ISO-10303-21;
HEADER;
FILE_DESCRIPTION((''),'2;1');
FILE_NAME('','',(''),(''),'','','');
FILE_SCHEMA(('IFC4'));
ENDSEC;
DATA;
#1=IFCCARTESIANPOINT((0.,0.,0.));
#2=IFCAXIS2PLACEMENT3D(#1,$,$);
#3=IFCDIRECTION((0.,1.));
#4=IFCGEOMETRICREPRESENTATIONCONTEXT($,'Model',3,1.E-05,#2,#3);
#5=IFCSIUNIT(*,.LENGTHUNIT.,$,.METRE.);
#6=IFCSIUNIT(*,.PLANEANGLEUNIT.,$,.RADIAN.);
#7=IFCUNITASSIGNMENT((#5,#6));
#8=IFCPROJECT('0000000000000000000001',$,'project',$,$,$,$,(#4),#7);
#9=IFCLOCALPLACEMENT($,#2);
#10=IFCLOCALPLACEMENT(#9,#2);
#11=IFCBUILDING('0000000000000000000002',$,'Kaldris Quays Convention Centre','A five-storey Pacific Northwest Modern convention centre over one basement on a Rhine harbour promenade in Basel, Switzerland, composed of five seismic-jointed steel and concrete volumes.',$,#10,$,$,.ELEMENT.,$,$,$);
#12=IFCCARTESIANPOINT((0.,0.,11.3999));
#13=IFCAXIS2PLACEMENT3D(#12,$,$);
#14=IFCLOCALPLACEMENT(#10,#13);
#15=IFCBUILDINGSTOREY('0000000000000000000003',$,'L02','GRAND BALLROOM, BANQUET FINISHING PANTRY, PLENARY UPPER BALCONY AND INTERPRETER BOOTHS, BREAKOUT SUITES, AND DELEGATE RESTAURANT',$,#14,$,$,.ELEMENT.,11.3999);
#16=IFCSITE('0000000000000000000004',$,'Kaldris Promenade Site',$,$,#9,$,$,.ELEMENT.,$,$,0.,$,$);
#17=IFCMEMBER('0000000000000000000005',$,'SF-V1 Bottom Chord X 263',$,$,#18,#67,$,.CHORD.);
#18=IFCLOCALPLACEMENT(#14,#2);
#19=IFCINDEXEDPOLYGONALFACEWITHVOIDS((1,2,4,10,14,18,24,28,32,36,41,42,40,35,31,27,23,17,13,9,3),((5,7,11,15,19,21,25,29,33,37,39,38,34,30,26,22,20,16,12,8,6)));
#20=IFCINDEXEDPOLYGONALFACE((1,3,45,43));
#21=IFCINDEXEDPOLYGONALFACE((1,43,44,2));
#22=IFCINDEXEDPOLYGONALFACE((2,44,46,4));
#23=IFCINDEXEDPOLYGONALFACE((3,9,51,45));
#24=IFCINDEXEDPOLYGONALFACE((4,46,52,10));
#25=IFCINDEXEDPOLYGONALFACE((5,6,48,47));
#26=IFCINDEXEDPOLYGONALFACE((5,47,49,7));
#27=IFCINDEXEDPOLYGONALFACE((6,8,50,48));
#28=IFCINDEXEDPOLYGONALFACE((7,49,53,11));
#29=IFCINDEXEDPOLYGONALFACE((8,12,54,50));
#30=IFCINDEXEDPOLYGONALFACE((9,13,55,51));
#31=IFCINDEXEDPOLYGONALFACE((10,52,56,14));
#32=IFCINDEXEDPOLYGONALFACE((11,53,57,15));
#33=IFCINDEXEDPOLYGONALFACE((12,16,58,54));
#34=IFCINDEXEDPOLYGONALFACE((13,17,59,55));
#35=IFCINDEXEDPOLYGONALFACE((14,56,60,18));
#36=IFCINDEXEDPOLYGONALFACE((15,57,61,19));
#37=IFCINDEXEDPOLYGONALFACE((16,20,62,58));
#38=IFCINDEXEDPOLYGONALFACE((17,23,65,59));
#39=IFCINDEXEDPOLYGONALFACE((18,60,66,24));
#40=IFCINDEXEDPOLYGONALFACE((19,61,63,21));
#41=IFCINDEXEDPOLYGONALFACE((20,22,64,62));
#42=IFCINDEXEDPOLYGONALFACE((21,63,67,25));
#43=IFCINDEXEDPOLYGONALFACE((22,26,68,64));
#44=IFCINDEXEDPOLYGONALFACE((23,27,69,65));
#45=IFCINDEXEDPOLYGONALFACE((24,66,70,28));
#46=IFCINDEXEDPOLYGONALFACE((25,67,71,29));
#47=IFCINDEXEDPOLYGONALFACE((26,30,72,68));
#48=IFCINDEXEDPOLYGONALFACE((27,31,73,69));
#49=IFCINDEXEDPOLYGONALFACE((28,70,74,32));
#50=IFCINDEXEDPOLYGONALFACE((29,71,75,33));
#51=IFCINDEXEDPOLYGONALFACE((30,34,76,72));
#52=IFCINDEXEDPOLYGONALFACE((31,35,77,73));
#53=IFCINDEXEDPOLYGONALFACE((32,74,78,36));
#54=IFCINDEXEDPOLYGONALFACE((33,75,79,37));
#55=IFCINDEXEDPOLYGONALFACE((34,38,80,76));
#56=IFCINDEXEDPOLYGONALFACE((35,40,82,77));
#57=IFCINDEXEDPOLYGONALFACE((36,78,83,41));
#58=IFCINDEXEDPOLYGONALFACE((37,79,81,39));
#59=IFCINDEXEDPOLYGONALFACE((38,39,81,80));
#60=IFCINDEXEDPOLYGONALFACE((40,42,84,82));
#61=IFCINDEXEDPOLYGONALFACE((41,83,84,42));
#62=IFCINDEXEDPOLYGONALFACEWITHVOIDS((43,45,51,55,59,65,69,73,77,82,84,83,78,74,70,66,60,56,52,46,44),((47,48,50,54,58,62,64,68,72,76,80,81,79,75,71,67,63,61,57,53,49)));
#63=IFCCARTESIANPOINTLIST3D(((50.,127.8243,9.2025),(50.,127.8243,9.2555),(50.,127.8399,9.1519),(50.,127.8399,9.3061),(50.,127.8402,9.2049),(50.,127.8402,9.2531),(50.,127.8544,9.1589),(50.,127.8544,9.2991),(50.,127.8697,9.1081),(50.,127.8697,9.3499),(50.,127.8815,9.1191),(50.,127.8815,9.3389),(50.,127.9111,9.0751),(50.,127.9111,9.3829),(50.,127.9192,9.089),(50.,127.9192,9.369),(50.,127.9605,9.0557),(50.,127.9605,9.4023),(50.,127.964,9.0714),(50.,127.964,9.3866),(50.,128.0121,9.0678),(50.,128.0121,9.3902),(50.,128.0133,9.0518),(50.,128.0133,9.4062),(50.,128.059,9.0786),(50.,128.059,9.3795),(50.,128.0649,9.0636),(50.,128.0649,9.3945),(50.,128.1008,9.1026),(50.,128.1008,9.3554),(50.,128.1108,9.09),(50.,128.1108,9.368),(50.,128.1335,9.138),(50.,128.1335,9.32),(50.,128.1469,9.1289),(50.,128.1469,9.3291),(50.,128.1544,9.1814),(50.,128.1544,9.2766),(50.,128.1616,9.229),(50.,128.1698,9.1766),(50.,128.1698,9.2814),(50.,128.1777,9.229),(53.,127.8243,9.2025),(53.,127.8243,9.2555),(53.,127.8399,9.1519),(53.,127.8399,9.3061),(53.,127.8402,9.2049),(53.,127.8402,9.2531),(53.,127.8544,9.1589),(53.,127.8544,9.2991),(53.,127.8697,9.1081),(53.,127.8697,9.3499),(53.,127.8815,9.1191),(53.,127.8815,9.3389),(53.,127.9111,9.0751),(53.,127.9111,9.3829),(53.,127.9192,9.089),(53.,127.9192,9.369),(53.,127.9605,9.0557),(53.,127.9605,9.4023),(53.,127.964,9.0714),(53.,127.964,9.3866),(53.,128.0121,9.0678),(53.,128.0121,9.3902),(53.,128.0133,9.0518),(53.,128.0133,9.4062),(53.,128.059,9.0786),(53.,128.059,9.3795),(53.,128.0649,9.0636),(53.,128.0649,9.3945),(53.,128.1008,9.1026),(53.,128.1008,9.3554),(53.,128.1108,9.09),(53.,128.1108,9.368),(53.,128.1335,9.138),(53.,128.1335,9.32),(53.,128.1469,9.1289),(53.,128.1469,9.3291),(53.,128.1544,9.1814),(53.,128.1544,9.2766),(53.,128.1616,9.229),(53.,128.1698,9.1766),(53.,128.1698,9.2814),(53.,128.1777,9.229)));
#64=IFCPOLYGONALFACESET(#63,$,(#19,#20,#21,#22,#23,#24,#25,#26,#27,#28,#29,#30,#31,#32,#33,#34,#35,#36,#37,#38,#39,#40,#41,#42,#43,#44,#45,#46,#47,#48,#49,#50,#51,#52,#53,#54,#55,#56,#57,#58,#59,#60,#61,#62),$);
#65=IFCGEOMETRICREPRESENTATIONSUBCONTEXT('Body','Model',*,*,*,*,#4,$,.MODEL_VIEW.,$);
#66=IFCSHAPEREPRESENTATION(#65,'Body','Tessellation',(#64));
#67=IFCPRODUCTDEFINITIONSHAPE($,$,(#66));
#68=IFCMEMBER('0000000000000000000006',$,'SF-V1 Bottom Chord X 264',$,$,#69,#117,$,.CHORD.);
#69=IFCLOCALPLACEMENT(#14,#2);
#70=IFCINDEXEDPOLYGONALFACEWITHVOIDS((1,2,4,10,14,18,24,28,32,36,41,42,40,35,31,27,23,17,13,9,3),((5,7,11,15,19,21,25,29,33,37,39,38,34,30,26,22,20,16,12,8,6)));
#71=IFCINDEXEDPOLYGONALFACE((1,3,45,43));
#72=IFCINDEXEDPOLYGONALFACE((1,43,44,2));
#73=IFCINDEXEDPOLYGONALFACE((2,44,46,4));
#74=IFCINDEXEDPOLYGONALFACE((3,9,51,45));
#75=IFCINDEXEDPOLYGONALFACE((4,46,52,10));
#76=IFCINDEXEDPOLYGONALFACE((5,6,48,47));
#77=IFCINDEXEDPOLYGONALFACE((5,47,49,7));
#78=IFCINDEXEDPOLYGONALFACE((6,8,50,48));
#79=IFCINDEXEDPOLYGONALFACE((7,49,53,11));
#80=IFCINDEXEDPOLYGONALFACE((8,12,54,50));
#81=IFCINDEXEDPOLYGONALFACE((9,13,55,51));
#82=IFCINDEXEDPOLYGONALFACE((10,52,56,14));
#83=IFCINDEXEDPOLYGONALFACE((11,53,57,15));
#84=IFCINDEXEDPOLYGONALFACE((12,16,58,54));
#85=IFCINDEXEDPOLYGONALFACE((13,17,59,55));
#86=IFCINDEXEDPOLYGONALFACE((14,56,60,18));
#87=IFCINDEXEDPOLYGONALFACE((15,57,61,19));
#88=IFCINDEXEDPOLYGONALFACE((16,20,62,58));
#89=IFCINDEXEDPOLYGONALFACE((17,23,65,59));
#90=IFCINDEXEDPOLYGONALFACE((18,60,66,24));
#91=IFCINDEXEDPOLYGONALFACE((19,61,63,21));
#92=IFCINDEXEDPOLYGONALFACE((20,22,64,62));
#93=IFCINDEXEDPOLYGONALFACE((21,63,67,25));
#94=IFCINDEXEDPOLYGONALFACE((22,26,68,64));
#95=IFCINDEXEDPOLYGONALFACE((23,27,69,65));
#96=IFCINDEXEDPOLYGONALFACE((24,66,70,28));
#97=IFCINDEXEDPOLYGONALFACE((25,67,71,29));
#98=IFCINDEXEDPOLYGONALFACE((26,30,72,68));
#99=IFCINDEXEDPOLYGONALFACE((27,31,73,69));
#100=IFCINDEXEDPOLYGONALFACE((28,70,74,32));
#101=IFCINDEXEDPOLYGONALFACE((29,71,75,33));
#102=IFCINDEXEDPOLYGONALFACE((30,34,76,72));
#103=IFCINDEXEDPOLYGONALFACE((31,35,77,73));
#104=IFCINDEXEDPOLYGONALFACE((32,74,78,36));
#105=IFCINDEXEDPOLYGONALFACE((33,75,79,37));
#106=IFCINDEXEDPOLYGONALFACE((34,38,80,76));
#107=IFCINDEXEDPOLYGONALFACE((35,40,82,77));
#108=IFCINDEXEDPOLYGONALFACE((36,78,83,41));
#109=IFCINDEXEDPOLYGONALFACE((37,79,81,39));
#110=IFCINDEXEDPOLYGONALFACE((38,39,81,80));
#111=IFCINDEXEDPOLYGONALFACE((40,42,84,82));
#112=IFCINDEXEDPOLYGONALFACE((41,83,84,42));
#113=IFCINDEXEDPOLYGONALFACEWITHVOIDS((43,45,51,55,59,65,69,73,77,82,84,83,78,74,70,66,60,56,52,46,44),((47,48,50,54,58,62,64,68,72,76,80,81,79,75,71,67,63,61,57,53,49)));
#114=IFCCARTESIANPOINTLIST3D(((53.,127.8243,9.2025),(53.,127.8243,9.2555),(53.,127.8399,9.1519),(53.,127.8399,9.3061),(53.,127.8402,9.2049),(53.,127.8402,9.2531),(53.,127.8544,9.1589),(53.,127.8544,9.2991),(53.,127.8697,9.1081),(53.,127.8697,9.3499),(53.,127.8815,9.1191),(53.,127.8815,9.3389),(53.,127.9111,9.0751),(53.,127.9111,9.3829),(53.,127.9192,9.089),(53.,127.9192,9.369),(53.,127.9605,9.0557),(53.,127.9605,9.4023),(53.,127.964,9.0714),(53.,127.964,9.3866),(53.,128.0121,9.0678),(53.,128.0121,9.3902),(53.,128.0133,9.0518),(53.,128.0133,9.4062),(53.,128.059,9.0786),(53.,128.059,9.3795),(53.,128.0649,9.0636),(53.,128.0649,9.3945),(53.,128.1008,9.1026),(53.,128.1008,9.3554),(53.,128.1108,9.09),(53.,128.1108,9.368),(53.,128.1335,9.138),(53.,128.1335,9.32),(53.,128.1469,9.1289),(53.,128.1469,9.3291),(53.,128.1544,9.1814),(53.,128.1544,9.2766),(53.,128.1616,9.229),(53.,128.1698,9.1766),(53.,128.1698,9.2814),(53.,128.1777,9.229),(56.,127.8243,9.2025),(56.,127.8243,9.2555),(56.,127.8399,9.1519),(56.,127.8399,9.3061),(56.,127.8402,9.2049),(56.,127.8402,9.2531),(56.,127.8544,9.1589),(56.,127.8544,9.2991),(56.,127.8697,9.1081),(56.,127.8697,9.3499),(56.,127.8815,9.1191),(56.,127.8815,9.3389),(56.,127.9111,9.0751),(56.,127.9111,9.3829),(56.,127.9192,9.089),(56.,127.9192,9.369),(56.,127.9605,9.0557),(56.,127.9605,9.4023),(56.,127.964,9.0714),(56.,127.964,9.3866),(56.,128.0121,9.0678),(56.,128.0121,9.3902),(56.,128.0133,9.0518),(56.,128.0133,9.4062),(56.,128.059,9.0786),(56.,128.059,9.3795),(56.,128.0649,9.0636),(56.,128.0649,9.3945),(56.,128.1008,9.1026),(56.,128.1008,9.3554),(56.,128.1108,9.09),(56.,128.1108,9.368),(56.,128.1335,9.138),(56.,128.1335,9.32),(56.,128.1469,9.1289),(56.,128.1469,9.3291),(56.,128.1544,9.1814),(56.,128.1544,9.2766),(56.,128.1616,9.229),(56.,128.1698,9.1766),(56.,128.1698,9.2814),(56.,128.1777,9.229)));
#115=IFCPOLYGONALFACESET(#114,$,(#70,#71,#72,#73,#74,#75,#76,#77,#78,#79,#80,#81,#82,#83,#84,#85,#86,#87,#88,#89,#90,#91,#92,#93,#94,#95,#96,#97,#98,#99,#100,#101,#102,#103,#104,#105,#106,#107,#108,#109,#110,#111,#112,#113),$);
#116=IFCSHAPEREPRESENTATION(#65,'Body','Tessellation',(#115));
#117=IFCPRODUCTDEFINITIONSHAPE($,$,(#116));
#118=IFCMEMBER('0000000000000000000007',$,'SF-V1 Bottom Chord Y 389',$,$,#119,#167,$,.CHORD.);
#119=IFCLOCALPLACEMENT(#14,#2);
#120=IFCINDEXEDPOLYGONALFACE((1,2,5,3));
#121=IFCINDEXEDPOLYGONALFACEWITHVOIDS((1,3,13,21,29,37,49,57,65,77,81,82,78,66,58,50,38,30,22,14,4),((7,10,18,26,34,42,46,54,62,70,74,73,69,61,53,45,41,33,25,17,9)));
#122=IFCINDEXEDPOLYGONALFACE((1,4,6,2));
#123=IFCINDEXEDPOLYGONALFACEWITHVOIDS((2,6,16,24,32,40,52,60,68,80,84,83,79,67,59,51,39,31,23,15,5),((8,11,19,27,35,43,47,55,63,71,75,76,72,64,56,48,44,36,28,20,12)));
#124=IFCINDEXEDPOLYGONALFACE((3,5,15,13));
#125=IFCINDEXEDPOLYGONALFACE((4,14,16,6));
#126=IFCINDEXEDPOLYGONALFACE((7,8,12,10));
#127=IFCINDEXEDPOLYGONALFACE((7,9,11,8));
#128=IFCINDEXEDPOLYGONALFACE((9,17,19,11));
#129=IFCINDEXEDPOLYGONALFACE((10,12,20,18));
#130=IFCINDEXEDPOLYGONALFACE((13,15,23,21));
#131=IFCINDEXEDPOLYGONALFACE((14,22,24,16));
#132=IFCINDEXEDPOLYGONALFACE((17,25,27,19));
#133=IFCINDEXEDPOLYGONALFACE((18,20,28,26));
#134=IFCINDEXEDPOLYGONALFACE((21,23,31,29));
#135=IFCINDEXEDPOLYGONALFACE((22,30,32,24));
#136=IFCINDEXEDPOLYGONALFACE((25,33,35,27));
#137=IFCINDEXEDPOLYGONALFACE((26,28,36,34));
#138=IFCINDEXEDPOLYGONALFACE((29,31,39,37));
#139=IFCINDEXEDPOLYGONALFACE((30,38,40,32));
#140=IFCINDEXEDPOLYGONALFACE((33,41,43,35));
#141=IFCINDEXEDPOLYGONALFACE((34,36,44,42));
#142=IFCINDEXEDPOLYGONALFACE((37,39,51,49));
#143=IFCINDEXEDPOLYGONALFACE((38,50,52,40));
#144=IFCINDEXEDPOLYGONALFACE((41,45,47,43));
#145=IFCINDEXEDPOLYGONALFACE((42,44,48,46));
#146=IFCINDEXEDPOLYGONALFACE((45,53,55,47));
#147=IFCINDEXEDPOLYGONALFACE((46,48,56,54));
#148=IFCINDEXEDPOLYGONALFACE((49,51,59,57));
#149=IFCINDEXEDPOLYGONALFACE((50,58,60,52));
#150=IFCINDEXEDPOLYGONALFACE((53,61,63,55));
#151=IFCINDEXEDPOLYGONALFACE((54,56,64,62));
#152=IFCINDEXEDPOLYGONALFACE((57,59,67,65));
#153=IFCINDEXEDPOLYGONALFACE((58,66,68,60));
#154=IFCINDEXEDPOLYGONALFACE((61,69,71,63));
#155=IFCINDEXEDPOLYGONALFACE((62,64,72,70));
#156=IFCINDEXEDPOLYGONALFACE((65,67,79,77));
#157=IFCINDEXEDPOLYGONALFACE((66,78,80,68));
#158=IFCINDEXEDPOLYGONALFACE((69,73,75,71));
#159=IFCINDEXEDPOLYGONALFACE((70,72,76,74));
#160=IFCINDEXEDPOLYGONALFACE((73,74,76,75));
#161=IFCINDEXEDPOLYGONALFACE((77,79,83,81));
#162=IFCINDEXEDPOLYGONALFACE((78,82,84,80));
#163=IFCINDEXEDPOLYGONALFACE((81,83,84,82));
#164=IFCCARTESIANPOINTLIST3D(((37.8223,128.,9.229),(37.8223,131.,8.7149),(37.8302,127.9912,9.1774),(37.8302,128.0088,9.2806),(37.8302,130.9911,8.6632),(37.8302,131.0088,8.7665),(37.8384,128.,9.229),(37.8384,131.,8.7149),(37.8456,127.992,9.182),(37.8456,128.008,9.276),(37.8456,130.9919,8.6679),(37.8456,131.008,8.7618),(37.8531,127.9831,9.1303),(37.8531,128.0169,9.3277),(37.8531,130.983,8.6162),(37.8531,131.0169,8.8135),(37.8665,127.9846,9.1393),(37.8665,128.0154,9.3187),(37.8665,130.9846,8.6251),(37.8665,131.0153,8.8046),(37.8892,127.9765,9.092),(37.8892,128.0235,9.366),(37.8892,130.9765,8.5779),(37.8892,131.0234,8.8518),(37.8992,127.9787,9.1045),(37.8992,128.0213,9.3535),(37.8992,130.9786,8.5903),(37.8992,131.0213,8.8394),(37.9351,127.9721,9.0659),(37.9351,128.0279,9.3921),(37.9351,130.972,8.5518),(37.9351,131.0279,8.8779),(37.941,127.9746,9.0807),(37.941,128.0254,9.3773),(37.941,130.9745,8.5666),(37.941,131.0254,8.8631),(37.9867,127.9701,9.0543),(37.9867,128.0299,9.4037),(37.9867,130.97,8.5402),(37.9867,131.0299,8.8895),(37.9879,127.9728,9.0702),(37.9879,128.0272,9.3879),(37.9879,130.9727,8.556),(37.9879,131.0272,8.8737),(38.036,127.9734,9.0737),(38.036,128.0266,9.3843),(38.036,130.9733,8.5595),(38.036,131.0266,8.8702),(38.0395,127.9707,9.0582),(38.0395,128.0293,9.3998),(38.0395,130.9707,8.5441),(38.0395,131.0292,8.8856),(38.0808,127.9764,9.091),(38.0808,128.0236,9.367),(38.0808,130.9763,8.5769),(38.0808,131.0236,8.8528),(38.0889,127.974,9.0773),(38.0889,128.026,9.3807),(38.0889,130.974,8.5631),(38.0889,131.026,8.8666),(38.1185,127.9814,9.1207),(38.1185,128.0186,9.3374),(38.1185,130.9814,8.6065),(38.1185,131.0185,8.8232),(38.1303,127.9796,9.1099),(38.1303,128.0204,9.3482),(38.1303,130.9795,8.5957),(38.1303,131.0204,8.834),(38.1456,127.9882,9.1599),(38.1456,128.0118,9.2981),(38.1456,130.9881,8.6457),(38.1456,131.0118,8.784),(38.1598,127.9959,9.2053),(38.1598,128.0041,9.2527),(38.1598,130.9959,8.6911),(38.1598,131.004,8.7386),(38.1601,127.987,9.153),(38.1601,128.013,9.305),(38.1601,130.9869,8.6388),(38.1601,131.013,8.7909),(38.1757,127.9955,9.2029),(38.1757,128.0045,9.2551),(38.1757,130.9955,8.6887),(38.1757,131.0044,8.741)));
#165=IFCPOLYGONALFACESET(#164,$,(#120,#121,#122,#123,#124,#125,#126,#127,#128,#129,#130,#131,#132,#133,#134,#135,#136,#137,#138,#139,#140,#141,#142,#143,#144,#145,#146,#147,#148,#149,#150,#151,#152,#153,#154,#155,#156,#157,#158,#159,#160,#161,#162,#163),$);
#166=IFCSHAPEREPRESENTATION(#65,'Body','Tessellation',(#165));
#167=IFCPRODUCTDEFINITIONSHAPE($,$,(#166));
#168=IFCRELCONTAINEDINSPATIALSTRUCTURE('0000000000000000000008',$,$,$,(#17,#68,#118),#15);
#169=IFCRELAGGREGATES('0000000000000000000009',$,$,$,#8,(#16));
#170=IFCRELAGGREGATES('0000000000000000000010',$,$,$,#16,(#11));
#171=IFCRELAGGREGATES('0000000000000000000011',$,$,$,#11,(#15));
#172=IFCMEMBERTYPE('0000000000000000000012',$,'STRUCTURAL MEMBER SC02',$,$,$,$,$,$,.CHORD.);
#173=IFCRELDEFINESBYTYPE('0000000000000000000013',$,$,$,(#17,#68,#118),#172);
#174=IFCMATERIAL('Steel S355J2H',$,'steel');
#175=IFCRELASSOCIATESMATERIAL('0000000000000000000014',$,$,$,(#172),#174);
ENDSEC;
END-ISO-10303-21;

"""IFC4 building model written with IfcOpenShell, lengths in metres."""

from ifc_helpers import new_model, si_unit, direction, frame, origin, origin_2d, place, context, subcontext, project, spatial, hollow_circle, extrude, material, material_profile, profile_set, type_object, element, save


model = new_model("IFC4")

# Units and contexts
model_context = context("Model", 3, precision=1e-05, world=origin(), true_north=direction((0.0, 1.0)))
body_context = subcontext(model_context, "Body", "Model", "MODEL_VIEW")
ifc_project = project(units=[si_unit("LENGTHUNIT", "METRE"), si_unit("PLANEANGLEUNIT", "RADIAN")], contexts=[model_context])

# Site, building, storey
site_placement = place(None, origin())
site = spatial("IfcSite", under=ifc_project, at=site_placement, Name="Kaldris Promenade Site", CompositionType="ELEMENT", RefElevation=0.0)
building_placement = place(site_placement, origin())
building = spatial("IfcBuilding", under=site, at=building_placement, Name="Kaldris Quays Convention Centre", Description="A five-storey Pacific Northwest Modern convention centre over one basement on a Rhine harbour promenade in Basel, Switzerland, composed of five seismic-jointed steel and concrete volumes.", CompositionType="ELEMENT")
storey_placement = place(building_placement, frame((0.0, 0.0, 11.3999)))
storey = spatial("IfcBuildingStorey", under=building, at=storey_placement, Name="L02", Description="GRAND BALLROOM, BANQUET FINISHING PANTRY, PLENARY UPPER BALCONY AND INTERPRETER BOOTHS, BREAKOUT SUITES, AND DELEGATE RESTAURANT", CompositionType="ELEMENT", Elevation=11.3999)

# Members
ifc_material = material(Name="Steel S355J2H", Category="steel")
ifc_material_profile_1 = material_profile(ifc_material, hollow_circle(Radius=0.1777, WallThickness=0.0161, at=origin_2d()), Name="CHS 355.6x16")
ifc_profile_set_1 = profile_set([ifc_material_profile_1], Name="Steel S355J2H")
member_type_1 = type_object("IfcMemberType", Name="STRUCTURAL MEMBER SC02", PredefinedType="CHORD", material=ifc_profile_set_1)
for number, where, z_axis, x_axis, name in (
    (1, (50.0, 128.0, 9.229), (1.0, 0.0, 0.0), (0.0, 1.0, 0.0), "SF-V1 Bottom Chord X 263"),
    (2, (53.0, 128.0, 9.229), (1.0, 0.0, 0.0), (0.0, 1.0, 0.0), "SF-V1 Bottom Chord X 264"),
):
    element("IfcMember", number, at=place(storey_placement, frame(where, z_axis=z_axis, x_axis=x_axis)), inside=storey, type_object=member_type_1, Name=name, PredefinedType="CHORD", context=body_context, shape_type="SweptSolid", body=[
        extrude(hollow_circle(Radius=0.1777, WallThickness=0.0161, at=origin_2d()), origin(), (0.0, 0.0, 1.0), 3.0),
    ])
for number, where, z_axis, x_axis, name in (
    (3, (38.0, 128.0, 9.229), (0.0, 0.985629, -0.168924), (-1.0, 0.0, 0.0), "SF-V1 Bottom Chord Y 389"),
):
    element("IfcMember", number, at=place(storey_placement, frame(where, z_axis=z_axis, x_axis=x_axis)), inside=storey, type_object=member_type_1, Name=name, PredefinedType="CHORD", context=body_context, shape_type="SweptSolid", body=[
        extrude(hollow_circle(Radius=0.1777, WallThickness=0.0161, at=origin_2d()), origin(), (0.0, 0.0, 1.0), 3.0437),
    ])

save(model, "model.ifc")
